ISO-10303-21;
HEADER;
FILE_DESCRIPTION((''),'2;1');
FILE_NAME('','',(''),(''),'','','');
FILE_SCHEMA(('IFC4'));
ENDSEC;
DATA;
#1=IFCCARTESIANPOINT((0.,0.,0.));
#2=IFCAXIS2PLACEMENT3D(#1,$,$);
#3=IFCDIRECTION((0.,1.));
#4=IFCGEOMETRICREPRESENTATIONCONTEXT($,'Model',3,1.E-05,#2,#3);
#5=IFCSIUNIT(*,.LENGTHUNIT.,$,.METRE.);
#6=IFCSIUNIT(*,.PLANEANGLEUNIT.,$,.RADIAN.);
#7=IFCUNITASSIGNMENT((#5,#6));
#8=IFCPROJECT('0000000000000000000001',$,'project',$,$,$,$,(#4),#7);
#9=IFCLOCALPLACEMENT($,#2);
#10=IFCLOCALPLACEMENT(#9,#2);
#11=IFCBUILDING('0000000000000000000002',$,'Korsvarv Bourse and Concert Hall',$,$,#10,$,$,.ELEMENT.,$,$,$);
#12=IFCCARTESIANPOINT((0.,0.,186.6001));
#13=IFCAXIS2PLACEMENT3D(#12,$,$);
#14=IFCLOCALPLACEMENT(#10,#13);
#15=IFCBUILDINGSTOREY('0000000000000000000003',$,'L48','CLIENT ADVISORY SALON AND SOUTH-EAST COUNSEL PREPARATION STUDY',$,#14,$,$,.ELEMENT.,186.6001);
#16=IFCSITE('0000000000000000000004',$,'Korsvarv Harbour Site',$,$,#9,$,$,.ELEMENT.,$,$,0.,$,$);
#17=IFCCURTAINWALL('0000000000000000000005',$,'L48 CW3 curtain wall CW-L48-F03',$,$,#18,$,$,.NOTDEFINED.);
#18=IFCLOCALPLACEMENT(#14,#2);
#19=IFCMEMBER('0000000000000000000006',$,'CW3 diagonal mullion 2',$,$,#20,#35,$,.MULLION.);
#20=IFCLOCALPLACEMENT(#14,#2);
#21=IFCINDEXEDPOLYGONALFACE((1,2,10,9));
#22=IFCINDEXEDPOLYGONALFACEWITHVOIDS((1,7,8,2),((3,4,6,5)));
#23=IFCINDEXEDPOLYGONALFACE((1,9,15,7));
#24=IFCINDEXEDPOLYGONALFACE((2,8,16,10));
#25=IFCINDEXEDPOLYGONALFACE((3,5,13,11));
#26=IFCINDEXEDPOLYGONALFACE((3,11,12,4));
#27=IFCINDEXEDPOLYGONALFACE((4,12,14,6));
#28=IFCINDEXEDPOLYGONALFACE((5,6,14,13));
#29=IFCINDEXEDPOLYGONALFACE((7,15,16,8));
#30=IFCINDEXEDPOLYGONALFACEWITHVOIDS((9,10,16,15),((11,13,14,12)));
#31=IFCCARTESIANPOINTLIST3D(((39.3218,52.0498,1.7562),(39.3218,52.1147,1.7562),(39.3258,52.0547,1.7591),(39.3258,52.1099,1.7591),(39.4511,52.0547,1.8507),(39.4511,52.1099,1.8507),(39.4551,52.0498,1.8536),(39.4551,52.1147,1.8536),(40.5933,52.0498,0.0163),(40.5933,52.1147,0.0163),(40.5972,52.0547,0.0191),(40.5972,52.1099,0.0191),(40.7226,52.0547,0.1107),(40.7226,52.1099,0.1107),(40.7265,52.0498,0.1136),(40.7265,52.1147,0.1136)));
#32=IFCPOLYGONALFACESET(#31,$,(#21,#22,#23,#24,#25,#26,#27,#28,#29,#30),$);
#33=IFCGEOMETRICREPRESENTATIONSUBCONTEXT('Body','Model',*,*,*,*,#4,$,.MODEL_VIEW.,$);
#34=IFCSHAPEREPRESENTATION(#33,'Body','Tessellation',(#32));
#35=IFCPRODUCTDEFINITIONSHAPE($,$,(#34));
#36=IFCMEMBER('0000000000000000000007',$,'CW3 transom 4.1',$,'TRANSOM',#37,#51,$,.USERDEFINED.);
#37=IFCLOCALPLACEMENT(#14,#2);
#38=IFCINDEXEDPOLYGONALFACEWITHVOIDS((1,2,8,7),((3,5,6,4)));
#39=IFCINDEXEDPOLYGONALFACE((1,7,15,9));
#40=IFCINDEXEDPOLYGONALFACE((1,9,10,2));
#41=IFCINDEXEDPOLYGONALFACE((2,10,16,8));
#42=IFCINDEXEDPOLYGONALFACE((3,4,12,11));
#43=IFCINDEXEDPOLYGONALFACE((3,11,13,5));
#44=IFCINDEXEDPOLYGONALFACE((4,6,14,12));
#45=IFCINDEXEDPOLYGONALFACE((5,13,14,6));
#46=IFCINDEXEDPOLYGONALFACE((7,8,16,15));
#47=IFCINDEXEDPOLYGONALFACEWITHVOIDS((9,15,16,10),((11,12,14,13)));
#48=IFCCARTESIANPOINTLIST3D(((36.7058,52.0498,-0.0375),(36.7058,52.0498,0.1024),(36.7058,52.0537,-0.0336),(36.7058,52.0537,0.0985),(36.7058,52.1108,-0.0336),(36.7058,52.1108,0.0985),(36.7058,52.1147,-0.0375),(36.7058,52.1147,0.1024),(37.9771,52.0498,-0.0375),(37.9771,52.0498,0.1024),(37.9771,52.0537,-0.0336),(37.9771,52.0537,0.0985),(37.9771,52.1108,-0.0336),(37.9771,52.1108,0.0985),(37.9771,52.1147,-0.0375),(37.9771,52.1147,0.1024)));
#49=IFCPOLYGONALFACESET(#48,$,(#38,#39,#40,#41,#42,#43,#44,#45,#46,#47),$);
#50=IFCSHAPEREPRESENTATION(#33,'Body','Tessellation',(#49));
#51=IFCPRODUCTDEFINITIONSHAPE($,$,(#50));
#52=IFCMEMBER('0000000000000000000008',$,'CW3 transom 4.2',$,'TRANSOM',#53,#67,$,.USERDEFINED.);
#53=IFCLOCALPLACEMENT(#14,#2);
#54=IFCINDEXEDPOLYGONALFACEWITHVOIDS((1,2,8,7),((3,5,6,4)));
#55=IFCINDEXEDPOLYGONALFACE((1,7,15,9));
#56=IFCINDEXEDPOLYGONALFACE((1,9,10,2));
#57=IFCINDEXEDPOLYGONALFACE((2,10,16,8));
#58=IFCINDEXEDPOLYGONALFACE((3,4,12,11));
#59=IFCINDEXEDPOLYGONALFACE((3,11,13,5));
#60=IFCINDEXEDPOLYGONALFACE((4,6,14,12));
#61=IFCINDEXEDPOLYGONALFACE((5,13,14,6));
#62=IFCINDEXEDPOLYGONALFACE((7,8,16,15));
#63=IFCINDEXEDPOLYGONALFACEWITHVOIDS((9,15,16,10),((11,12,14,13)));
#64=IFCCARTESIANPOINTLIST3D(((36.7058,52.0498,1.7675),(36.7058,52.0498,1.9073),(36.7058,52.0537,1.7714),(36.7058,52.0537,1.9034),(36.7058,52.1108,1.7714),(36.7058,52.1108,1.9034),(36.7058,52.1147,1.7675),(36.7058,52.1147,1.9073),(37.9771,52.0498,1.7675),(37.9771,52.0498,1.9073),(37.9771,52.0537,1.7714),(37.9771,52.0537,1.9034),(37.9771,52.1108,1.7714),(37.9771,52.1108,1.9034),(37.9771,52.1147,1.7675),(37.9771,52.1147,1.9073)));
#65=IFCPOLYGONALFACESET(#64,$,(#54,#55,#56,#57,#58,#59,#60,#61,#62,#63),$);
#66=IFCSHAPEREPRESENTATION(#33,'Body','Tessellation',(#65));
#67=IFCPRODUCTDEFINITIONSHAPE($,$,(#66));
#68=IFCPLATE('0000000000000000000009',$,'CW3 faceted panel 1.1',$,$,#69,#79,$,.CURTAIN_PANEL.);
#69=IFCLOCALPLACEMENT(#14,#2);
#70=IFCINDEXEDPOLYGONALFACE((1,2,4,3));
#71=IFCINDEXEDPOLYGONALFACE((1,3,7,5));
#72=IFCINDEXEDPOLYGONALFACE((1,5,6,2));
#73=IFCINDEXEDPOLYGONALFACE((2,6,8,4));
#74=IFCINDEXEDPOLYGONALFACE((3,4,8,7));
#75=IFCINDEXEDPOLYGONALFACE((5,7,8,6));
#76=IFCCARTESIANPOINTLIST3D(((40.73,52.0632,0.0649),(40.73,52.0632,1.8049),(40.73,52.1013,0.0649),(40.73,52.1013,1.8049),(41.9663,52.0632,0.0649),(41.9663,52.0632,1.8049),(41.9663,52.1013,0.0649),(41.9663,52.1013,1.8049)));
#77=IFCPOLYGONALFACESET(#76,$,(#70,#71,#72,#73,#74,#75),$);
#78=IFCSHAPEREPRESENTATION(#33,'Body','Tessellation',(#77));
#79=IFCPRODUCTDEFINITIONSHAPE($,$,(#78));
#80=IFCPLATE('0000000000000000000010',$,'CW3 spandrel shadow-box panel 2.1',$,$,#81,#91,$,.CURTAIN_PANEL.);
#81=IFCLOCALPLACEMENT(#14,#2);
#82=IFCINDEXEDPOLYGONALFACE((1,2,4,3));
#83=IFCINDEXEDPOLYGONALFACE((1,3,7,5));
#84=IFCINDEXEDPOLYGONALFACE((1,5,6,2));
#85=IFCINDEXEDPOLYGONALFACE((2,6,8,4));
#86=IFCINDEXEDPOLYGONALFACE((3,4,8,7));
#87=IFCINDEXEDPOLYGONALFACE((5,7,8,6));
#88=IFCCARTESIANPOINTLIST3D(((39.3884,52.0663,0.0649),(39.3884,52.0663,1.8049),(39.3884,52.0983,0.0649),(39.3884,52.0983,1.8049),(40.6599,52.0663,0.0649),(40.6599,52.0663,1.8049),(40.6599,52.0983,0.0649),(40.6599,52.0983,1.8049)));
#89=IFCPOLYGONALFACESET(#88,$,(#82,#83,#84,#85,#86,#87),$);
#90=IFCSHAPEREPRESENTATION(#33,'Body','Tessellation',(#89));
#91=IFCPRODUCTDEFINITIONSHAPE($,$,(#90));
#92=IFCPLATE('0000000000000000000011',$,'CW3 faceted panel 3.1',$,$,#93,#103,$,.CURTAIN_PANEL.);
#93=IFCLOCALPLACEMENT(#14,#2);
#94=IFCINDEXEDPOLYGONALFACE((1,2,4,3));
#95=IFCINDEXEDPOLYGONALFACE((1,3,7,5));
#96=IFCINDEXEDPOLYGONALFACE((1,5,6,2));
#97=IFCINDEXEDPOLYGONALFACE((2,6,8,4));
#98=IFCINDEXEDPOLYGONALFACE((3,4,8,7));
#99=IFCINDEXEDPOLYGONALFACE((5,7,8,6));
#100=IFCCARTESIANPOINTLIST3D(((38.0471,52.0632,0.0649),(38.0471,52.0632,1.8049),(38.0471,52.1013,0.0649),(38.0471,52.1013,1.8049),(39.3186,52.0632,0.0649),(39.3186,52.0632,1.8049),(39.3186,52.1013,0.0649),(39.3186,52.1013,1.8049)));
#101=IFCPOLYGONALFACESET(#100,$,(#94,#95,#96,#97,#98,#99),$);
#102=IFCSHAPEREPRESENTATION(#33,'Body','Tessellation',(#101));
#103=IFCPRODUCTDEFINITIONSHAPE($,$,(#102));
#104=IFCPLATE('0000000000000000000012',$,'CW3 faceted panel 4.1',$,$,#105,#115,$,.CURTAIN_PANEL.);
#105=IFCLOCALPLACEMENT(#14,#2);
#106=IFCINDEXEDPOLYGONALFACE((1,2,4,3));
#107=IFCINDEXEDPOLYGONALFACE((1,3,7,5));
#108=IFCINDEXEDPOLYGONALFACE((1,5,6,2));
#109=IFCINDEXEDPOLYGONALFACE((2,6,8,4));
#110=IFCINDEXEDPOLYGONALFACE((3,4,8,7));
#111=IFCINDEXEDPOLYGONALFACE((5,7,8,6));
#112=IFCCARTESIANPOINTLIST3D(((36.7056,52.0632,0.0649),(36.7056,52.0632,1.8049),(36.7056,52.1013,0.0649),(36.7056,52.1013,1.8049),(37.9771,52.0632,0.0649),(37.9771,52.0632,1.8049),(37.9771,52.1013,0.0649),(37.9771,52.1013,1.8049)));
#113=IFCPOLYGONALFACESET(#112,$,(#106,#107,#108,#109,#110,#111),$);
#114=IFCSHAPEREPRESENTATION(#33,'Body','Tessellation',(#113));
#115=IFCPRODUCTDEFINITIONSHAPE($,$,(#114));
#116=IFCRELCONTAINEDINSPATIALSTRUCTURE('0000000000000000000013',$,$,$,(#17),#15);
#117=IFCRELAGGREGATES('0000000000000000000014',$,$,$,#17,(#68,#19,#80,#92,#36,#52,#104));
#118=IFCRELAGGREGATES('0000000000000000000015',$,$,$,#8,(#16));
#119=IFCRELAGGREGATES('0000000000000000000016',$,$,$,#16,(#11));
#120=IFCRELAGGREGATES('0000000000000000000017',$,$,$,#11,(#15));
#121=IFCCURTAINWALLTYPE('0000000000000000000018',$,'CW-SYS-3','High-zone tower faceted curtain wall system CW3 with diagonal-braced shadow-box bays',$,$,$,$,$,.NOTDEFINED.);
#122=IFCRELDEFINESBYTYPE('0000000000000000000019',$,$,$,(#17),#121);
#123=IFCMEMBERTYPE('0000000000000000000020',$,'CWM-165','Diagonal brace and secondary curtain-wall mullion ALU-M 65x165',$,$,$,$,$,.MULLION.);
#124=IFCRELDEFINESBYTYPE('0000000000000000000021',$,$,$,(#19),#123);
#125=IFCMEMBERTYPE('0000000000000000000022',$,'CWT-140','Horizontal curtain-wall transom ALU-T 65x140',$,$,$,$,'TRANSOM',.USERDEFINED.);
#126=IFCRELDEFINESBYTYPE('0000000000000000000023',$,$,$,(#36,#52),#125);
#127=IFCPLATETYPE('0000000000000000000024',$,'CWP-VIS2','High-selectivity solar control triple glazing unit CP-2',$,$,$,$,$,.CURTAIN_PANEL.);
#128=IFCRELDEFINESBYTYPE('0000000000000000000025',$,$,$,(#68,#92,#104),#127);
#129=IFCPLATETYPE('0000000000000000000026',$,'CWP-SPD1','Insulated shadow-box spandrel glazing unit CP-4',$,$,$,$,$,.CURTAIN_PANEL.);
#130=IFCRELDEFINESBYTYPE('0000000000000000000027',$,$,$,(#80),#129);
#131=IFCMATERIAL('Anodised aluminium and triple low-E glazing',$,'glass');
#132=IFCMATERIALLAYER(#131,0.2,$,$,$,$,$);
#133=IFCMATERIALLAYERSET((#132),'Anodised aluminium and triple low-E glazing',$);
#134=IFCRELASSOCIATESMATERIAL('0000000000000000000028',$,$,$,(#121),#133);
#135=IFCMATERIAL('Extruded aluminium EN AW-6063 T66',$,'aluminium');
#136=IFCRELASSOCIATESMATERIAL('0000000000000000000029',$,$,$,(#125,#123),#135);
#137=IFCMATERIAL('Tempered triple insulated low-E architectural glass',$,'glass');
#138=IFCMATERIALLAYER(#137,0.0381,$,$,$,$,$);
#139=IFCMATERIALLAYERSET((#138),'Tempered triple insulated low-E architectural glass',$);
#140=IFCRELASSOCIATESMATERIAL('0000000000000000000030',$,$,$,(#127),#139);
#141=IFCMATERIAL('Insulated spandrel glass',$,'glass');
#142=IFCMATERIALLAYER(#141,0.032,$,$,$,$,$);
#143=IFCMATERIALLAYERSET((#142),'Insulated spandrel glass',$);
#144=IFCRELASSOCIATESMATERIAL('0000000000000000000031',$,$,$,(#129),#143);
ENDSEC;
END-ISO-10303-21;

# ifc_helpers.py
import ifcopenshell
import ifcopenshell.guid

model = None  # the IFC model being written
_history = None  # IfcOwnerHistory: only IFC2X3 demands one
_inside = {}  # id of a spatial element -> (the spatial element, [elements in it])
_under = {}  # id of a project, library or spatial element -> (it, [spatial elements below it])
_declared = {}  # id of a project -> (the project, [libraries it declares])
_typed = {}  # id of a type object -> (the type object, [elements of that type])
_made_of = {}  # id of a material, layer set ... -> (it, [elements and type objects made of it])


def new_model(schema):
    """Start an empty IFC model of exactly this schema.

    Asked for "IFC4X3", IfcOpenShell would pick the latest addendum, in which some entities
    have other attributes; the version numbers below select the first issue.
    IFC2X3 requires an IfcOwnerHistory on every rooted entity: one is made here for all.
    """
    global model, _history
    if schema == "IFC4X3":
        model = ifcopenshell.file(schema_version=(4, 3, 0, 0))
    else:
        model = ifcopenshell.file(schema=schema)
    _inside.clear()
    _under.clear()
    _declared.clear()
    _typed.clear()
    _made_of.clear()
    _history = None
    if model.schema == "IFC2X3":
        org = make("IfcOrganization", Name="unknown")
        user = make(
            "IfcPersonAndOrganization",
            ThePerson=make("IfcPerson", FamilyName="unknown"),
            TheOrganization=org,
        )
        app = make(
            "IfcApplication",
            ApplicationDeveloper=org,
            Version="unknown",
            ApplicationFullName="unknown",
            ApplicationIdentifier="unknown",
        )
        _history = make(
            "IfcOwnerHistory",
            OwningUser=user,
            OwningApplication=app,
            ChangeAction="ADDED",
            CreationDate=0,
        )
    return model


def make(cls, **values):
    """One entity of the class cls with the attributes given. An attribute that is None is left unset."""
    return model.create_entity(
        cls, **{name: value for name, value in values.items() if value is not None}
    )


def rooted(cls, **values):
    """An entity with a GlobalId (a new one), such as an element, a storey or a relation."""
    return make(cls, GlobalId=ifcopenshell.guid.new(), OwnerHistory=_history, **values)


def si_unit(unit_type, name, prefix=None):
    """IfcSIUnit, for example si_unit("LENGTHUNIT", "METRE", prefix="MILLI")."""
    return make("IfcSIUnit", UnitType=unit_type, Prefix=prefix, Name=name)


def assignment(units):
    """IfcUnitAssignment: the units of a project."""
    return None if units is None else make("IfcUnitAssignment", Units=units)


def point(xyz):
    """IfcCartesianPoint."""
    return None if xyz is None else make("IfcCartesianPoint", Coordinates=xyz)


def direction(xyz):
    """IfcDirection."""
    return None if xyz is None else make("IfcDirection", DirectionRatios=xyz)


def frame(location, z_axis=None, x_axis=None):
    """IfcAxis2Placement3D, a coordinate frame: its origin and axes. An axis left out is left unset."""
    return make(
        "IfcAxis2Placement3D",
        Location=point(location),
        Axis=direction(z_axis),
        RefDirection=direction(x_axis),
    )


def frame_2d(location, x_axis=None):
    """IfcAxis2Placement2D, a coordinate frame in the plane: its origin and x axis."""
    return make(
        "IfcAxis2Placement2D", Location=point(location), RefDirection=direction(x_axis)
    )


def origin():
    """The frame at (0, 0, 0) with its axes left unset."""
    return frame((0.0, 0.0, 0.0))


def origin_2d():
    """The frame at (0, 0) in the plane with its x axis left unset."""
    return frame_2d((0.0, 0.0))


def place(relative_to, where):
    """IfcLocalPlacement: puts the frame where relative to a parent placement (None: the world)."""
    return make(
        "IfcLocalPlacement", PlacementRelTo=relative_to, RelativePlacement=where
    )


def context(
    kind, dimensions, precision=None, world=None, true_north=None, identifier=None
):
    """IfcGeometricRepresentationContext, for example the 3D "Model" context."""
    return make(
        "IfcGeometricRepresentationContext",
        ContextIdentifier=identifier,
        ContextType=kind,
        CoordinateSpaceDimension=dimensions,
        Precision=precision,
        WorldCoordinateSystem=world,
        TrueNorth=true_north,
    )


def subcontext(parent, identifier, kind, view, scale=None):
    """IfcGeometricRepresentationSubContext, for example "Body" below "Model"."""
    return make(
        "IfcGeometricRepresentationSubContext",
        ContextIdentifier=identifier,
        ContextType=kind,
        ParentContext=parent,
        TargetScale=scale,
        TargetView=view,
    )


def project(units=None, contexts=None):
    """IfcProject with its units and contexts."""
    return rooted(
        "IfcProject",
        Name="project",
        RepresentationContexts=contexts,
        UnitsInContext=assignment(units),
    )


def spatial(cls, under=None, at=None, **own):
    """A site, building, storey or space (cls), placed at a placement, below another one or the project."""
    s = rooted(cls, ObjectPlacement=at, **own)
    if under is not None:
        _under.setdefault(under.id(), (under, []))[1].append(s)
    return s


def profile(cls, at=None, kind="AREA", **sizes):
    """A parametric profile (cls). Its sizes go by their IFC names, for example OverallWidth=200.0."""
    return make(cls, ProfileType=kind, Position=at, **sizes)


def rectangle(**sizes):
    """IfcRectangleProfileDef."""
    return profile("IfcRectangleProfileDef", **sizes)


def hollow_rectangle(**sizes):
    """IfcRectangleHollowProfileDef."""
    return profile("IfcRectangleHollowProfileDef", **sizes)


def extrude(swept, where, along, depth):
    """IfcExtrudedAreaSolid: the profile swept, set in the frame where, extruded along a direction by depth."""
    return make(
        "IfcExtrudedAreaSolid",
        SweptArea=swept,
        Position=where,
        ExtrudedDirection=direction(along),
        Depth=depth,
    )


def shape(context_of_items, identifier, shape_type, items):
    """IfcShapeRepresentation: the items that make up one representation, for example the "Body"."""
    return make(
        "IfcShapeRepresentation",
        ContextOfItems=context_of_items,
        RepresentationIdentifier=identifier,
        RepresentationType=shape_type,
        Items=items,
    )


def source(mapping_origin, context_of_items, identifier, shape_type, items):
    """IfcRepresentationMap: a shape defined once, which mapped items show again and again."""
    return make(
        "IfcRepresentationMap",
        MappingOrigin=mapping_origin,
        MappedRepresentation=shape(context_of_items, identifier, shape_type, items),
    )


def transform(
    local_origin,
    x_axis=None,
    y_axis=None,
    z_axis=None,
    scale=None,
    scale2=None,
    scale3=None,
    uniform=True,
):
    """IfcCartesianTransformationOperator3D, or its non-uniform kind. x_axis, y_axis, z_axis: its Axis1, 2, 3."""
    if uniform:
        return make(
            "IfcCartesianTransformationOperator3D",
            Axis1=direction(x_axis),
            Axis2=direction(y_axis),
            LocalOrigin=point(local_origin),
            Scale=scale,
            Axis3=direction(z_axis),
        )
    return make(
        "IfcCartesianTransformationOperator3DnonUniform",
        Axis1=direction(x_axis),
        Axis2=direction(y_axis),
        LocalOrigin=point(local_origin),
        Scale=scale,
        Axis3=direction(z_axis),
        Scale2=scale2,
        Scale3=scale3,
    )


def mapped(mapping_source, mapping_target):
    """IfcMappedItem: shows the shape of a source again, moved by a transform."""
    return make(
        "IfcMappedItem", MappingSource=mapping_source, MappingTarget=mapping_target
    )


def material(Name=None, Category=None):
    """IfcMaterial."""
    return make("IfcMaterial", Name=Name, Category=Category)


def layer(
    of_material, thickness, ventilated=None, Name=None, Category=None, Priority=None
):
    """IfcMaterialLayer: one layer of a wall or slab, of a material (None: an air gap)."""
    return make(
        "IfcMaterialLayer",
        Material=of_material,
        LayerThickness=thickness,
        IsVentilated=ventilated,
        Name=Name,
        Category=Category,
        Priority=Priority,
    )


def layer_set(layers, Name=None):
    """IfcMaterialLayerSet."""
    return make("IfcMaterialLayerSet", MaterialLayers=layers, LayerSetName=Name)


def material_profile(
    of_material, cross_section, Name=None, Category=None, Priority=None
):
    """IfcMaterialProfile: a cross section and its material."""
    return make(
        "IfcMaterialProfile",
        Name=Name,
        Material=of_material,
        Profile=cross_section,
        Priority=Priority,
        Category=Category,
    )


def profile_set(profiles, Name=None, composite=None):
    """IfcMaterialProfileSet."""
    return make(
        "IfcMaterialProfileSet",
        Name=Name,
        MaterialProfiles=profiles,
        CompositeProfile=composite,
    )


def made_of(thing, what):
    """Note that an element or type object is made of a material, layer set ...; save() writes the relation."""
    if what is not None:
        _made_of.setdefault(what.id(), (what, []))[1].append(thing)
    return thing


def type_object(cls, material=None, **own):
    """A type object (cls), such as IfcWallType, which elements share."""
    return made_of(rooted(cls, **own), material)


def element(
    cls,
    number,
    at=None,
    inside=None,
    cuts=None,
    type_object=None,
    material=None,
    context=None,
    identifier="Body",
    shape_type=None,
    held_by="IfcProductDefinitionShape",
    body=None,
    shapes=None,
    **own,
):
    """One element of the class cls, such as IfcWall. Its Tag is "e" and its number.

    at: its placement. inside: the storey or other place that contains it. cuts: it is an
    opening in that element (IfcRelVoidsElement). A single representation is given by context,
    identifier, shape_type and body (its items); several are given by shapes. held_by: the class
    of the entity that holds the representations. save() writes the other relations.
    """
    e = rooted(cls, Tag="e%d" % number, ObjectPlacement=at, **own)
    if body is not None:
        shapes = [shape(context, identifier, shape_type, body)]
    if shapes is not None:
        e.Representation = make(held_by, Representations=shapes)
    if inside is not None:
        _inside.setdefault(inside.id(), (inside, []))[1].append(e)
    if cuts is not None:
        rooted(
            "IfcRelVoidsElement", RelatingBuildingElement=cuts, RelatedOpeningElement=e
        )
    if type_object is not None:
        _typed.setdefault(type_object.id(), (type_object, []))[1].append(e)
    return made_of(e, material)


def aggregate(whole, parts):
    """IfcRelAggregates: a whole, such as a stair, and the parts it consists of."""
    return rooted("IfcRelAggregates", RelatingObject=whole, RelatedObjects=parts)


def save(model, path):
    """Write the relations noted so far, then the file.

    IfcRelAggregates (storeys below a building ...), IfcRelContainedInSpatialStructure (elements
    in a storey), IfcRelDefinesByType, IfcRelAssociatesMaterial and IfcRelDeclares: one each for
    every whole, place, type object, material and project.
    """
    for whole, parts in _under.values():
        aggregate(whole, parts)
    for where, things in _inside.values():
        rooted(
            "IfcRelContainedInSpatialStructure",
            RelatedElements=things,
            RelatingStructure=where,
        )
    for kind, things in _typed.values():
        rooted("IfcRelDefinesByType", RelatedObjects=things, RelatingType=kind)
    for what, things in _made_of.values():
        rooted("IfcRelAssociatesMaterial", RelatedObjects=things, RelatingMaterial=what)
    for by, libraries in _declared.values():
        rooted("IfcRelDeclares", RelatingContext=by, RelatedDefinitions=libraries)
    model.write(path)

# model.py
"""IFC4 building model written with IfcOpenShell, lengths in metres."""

from ifc_helpers import new_model, si_unit, direction, frame, origin, origin_2d, place, context, subcontext, project, spatial, rectangle, hollow_rectangle, extrude, source, transform, mapped, material, layer, layer_set, material_profile, profile_set, type_object, element, aggregate, save


model = new_model("IFC4")

# Units and contexts
model_context = context("Model", 3, precision=1e-05, world=origin(), true_north=direction((0.0, 1.0)))
body_context = subcontext(model_context, "Body", "Model", "MODEL_VIEW")
ifc_project = project(units=[si_unit("LENGTHUNIT", "METRE"), si_unit("PLANEANGLEUNIT", "RADIAN")], contexts=[model_context])

# Site, building, storey
site_placement = place(None, origin())
site = spatial("IfcSite", under=ifc_project, at=site_placement, Name="Korsvarv Harbour Site", CompositionType="ELEMENT", RefElevation=0.0)
building_placement = place(site_placement, origin())
building = spatial("IfcBuilding", under=site, at=building_placement, Name="Korsvarv Bourse and Concert Hall", CompositionType="ELEMENT")
storey_placement = place(building_placement, frame((0.0, 0.0, 186.6001)))
storey = spatial("IfcBuildingStorey", under=building, at=storey_placement, Name="L48", Description="CLIENT ADVISORY SALON AND SOUTH-EAST COUNSEL PREPARATION STUDY", CompositionType="ELEMENT", Elevation=186.6001)

# Curtain wall, members, plates
ifc_material_1 = material(Name="Anodised aluminium and triple low-E glazing", Category="glass")
ifc_layer_1 = layer(ifc_material_1, 0.2)
ifc_layer_set_1 = layer_set([ifc_layer_1], Name="Anodised aluminium and triple low-E glazing")
curtain_wall_type = type_object("IfcCurtainWallType", Name="CW-SYS-3", Description="High-zone tower faceted curtain wall system CW3 with diagonal-braced shadow-box bays", PredefinedType="NOTDEFINED", material=ifc_layer_set_1)
curtain_wall_placement = place(storey_placement, origin())
curtain_wall = element("IfcCurtainWall", 1, at=curtain_wall_placement, inside=storey, type_object=curtain_wall_type, Name="L48 CW3 curtain wall CW-L48-F03", PredefinedType="NOTDEFINED")
ifc_material_2 = material(Name="Extruded aluminium EN AW-6063 T66", Category="aluminium")
ifc_material_profile_1 = material_profile(ifc_material_2, hollow_rectangle(XDim=0.0649, YDim=0.1399, WallThickness=0.0039, at=origin_2d()), Name="ALU-T 65x140")
ifc_profile_set_1 = profile_set([ifc_material_profile_1], Name="Extruded aluminium EN AW-6063 T66")
member_type_1 = type_object("IfcMemberType", Name="CWT-140", Description="Horizontal curtain-wall transom ALU-T 65x140", ElementType="TRANSOM", PredefinedType="USERDEFINED", material=ifc_profile_set_1)
ifc_material_profile_2 = material_profile(ifc_material_2, hollow_rectangle(XDim=0.0649, YDim=0.165, WallThickness=0.0049, at=origin_2d()), Name="ALU-M 65x165")
ifc_profile_set_2 = profile_set([ifc_material_profile_2], Name="Extruded aluminium EN AW-6063 T66")
member_type_2 = type_object("IfcMemberType", Name="CWM-165", Description="Diagonal brace and secondary curtain-wall mullion ALU-M 65x165", PredefinedType="MULLION", material=ifc_profile_set_2)
shared_shape_1 = source(origin(), body_context, "Body", "SweptSolid", [
    extrude(hollow_rectangle(XDim=0.0649, YDim=0.165, WallThickness=0.0049, at=origin_2d()), origin(), (0.0, 0.0, 1.0), 2.155),
])
member_1_placement = place(storey_placement, frame((40.6599, 52.0823, 0.0649), z_axis=(-0.590002, 0.0, 0.807402), x_axis=(0.0, -1.0, 0.0)))
member_1 = element("IfcMember", 2, at=member_1_placement, type_object=member_type_2, Name="CW3 diagonal mullion 2", PredefinedType="MULLION", context=body_context, shape_type="MappedRepresentation", body=[
    mapped(shared_shape_1, transform((0.0, 0.0, 0.0), scale=1.0)),
])
shared_shape_2 = source(origin(), body_context, "Body", "SweptSolid", [
    extrude(hollow_rectangle(XDim=0.0649, YDim=0.1399, WallThickness=0.0039, at=origin_2d()), origin(), (0.0, 0.0, 1.0), 1.2712),
])
member_2_placement = place(storey_placement, frame((37.9771, 52.0823, 0.0325), z_axis=(-1.0, 0.0, 0.0), x_axis=(0.0, -1.0, 0.0)))
member_2 = element("IfcMember", 3, at=member_2_placement, type_object=member_type_1, Name="CW3 transom 4.1", ObjectType="TRANSOM", PredefinedType="USERDEFINED", context=body_context, shape_type="MappedRepresentation", body=[
    mapped(shared_shape_2, transform((0.0, 0.0, 0.0), scale=1.0)),
])
member_3_placement = place(storey_placement, frame((37.9771, 52.0823, 1.8374), z_axis=(-1.0, 0.0, 0.0), x_axis=(0.0, -1.0, 0.0)))
member_3 = element("IfcMember", 4, at=member_3_placement, type_object=member_type_1, Name="CW3 transom 4.2", ObjectType="TRANSOM", PredefinedType="USERDEFINED", context=body_context, shape_type="MappedRepresentation", body=[
    mapped(shared_shape_2, transform((0.0, 0.0, 0.0), scale=1.0)),
])
ifc_material_3 = material(Name="Tempered triple insulated low-E architectural glass", Category="glass")
ifc_layer_2 = layer(ifc_material_3, 0.0381)
ifc_layer_set_2 = layer_set([ifc_layer_2], Name="Tempered triple insulated low-E architectural glass")
plate_type_1 = type_object("IfcPlateType", Name="CWP-VIS2", Description="High-selectivity solar control triple glazing unit CP-2", PredefinedType="CURTAIN_PANEL", material=ifc_layer_set_2)
shared_shape_3 = source(origin(), body_context, "Body", "SweptSolid", [
    extrude(rectangle(XDim=1.2363, YDim=0.0381, at=origin_2d()), origin(), (0.0, 0.0, 1.0), 1.74),
])
plate_1_placement = place(storey_placement, frame((41.3481, 52.0823, 0.0649), z_axis=(0.0, 0.0, 1.0), x_axis=(-1.0, 0.0, 0.0)))
plate_1 = element("IfcPlate", 5, at=plate_1_placement, type_object=plate_type_1, Name="CW3 faceted panel 1.1", PredefinedType="CURTAIN_PANEL", context=body_context, shape_type="MappedRepresentation", body=[
    mapped(shared_shape_3, transform((0.0, 0.0, 0.0), scale=1.0)),
])
ifc_material_4 = material(Name="Insulated spandrel glass", Category="glass")
ifc_layer_3 = layer(ifc_material_4, 0.032)
ifc_layer_set_3 = layer_set([ifc_layer_3], Name="Insulated spandrel glass")
plate_type_2 = type_object("IfcPlateType", Name="CWP-SPD1", Description="Insulated shadow-box spandrel glazing unit CP-4", PredefinedType="CURTAIN_PANEL", material=ifc_layer_set_3)
shared_shape_4 = source(origin(), body_context, "Body", "SweptSolid", [
    extrude(rectangle(XDim=1.2715, YDim=0.032, at=origin_2d()), origin(), (0.0, 0.0, 1.0), 1.74),
])
plate_2_placement = place(storey_placement, frame((40.0242, 52.0823, 0.0649), z_axis=(0.0, 0.0, 1.0), x_axis=(-1.0, 0.0, 0.0)))
plate_2 = element("IfcPlate", 6, at=plate_2_placement, type_object=plate_type_2, Name="CW3 spandrel shadow-box panel 2.1", PredefinedType="CURTAIN_PANEL", context=body_context, shape_type="MappedRepresentation", body=[
    mapped(shared_shape_4, transform((0.0, 0.0, 0.0), scale=1.0)),
])
shared_shape_5 = source(origin(), body_context, "Body", "SweptSolid", [
    extrude(rectangle(XDim=1.2715, YDim=0.0381, at=origin_2d()), origin(), (0.0, 0.0, 1.0), 1.74),
])
plate_3_placement = place(storey_placement, frame((38.6829, 52.0823, 0.0649), z_axis=(0.0, 0.0, 1.0), x_axis=(-1.0, 0.0, 0.0)))
plate_3 = element("IfcPlate", 7, at=plate_3_placement, type_object=plate_type_1, Name="CW3 faceted panel 3.1", PredefinedType="CURTAIN_PANEL", context=body_context, shape_type="MappedRepresentation", body=[
    mapped(shared_shape_5, transform((0.0, 0.0, 0.0), scale=1.0)),
])
plate_4_placement = place(storey_placement, frame((37.3413, 52.0823, 0.0649), z_axis=(0.0, 0.0, 1.0), x_axis=(-1.0, 0.0, 0.0)))
plate_4 = element("IfcPlate", 8, at=plate_4_placement, type_object=plate_type_1, Name="CW3 faceted panel 4.1", PredefinedType="CURTAIN_PANEL", context=body_context, shape_type="MappedRepresentation", body=[
    mapped(shared_shape_5, transform((0.0, 0.0, 0.0), scale=1.0)),
])
aggregate(curtain_wall, [plate_1, member_1, plate_2, plate_3, member_2, member_3, plate_4])

save(model, "model.ifc")
